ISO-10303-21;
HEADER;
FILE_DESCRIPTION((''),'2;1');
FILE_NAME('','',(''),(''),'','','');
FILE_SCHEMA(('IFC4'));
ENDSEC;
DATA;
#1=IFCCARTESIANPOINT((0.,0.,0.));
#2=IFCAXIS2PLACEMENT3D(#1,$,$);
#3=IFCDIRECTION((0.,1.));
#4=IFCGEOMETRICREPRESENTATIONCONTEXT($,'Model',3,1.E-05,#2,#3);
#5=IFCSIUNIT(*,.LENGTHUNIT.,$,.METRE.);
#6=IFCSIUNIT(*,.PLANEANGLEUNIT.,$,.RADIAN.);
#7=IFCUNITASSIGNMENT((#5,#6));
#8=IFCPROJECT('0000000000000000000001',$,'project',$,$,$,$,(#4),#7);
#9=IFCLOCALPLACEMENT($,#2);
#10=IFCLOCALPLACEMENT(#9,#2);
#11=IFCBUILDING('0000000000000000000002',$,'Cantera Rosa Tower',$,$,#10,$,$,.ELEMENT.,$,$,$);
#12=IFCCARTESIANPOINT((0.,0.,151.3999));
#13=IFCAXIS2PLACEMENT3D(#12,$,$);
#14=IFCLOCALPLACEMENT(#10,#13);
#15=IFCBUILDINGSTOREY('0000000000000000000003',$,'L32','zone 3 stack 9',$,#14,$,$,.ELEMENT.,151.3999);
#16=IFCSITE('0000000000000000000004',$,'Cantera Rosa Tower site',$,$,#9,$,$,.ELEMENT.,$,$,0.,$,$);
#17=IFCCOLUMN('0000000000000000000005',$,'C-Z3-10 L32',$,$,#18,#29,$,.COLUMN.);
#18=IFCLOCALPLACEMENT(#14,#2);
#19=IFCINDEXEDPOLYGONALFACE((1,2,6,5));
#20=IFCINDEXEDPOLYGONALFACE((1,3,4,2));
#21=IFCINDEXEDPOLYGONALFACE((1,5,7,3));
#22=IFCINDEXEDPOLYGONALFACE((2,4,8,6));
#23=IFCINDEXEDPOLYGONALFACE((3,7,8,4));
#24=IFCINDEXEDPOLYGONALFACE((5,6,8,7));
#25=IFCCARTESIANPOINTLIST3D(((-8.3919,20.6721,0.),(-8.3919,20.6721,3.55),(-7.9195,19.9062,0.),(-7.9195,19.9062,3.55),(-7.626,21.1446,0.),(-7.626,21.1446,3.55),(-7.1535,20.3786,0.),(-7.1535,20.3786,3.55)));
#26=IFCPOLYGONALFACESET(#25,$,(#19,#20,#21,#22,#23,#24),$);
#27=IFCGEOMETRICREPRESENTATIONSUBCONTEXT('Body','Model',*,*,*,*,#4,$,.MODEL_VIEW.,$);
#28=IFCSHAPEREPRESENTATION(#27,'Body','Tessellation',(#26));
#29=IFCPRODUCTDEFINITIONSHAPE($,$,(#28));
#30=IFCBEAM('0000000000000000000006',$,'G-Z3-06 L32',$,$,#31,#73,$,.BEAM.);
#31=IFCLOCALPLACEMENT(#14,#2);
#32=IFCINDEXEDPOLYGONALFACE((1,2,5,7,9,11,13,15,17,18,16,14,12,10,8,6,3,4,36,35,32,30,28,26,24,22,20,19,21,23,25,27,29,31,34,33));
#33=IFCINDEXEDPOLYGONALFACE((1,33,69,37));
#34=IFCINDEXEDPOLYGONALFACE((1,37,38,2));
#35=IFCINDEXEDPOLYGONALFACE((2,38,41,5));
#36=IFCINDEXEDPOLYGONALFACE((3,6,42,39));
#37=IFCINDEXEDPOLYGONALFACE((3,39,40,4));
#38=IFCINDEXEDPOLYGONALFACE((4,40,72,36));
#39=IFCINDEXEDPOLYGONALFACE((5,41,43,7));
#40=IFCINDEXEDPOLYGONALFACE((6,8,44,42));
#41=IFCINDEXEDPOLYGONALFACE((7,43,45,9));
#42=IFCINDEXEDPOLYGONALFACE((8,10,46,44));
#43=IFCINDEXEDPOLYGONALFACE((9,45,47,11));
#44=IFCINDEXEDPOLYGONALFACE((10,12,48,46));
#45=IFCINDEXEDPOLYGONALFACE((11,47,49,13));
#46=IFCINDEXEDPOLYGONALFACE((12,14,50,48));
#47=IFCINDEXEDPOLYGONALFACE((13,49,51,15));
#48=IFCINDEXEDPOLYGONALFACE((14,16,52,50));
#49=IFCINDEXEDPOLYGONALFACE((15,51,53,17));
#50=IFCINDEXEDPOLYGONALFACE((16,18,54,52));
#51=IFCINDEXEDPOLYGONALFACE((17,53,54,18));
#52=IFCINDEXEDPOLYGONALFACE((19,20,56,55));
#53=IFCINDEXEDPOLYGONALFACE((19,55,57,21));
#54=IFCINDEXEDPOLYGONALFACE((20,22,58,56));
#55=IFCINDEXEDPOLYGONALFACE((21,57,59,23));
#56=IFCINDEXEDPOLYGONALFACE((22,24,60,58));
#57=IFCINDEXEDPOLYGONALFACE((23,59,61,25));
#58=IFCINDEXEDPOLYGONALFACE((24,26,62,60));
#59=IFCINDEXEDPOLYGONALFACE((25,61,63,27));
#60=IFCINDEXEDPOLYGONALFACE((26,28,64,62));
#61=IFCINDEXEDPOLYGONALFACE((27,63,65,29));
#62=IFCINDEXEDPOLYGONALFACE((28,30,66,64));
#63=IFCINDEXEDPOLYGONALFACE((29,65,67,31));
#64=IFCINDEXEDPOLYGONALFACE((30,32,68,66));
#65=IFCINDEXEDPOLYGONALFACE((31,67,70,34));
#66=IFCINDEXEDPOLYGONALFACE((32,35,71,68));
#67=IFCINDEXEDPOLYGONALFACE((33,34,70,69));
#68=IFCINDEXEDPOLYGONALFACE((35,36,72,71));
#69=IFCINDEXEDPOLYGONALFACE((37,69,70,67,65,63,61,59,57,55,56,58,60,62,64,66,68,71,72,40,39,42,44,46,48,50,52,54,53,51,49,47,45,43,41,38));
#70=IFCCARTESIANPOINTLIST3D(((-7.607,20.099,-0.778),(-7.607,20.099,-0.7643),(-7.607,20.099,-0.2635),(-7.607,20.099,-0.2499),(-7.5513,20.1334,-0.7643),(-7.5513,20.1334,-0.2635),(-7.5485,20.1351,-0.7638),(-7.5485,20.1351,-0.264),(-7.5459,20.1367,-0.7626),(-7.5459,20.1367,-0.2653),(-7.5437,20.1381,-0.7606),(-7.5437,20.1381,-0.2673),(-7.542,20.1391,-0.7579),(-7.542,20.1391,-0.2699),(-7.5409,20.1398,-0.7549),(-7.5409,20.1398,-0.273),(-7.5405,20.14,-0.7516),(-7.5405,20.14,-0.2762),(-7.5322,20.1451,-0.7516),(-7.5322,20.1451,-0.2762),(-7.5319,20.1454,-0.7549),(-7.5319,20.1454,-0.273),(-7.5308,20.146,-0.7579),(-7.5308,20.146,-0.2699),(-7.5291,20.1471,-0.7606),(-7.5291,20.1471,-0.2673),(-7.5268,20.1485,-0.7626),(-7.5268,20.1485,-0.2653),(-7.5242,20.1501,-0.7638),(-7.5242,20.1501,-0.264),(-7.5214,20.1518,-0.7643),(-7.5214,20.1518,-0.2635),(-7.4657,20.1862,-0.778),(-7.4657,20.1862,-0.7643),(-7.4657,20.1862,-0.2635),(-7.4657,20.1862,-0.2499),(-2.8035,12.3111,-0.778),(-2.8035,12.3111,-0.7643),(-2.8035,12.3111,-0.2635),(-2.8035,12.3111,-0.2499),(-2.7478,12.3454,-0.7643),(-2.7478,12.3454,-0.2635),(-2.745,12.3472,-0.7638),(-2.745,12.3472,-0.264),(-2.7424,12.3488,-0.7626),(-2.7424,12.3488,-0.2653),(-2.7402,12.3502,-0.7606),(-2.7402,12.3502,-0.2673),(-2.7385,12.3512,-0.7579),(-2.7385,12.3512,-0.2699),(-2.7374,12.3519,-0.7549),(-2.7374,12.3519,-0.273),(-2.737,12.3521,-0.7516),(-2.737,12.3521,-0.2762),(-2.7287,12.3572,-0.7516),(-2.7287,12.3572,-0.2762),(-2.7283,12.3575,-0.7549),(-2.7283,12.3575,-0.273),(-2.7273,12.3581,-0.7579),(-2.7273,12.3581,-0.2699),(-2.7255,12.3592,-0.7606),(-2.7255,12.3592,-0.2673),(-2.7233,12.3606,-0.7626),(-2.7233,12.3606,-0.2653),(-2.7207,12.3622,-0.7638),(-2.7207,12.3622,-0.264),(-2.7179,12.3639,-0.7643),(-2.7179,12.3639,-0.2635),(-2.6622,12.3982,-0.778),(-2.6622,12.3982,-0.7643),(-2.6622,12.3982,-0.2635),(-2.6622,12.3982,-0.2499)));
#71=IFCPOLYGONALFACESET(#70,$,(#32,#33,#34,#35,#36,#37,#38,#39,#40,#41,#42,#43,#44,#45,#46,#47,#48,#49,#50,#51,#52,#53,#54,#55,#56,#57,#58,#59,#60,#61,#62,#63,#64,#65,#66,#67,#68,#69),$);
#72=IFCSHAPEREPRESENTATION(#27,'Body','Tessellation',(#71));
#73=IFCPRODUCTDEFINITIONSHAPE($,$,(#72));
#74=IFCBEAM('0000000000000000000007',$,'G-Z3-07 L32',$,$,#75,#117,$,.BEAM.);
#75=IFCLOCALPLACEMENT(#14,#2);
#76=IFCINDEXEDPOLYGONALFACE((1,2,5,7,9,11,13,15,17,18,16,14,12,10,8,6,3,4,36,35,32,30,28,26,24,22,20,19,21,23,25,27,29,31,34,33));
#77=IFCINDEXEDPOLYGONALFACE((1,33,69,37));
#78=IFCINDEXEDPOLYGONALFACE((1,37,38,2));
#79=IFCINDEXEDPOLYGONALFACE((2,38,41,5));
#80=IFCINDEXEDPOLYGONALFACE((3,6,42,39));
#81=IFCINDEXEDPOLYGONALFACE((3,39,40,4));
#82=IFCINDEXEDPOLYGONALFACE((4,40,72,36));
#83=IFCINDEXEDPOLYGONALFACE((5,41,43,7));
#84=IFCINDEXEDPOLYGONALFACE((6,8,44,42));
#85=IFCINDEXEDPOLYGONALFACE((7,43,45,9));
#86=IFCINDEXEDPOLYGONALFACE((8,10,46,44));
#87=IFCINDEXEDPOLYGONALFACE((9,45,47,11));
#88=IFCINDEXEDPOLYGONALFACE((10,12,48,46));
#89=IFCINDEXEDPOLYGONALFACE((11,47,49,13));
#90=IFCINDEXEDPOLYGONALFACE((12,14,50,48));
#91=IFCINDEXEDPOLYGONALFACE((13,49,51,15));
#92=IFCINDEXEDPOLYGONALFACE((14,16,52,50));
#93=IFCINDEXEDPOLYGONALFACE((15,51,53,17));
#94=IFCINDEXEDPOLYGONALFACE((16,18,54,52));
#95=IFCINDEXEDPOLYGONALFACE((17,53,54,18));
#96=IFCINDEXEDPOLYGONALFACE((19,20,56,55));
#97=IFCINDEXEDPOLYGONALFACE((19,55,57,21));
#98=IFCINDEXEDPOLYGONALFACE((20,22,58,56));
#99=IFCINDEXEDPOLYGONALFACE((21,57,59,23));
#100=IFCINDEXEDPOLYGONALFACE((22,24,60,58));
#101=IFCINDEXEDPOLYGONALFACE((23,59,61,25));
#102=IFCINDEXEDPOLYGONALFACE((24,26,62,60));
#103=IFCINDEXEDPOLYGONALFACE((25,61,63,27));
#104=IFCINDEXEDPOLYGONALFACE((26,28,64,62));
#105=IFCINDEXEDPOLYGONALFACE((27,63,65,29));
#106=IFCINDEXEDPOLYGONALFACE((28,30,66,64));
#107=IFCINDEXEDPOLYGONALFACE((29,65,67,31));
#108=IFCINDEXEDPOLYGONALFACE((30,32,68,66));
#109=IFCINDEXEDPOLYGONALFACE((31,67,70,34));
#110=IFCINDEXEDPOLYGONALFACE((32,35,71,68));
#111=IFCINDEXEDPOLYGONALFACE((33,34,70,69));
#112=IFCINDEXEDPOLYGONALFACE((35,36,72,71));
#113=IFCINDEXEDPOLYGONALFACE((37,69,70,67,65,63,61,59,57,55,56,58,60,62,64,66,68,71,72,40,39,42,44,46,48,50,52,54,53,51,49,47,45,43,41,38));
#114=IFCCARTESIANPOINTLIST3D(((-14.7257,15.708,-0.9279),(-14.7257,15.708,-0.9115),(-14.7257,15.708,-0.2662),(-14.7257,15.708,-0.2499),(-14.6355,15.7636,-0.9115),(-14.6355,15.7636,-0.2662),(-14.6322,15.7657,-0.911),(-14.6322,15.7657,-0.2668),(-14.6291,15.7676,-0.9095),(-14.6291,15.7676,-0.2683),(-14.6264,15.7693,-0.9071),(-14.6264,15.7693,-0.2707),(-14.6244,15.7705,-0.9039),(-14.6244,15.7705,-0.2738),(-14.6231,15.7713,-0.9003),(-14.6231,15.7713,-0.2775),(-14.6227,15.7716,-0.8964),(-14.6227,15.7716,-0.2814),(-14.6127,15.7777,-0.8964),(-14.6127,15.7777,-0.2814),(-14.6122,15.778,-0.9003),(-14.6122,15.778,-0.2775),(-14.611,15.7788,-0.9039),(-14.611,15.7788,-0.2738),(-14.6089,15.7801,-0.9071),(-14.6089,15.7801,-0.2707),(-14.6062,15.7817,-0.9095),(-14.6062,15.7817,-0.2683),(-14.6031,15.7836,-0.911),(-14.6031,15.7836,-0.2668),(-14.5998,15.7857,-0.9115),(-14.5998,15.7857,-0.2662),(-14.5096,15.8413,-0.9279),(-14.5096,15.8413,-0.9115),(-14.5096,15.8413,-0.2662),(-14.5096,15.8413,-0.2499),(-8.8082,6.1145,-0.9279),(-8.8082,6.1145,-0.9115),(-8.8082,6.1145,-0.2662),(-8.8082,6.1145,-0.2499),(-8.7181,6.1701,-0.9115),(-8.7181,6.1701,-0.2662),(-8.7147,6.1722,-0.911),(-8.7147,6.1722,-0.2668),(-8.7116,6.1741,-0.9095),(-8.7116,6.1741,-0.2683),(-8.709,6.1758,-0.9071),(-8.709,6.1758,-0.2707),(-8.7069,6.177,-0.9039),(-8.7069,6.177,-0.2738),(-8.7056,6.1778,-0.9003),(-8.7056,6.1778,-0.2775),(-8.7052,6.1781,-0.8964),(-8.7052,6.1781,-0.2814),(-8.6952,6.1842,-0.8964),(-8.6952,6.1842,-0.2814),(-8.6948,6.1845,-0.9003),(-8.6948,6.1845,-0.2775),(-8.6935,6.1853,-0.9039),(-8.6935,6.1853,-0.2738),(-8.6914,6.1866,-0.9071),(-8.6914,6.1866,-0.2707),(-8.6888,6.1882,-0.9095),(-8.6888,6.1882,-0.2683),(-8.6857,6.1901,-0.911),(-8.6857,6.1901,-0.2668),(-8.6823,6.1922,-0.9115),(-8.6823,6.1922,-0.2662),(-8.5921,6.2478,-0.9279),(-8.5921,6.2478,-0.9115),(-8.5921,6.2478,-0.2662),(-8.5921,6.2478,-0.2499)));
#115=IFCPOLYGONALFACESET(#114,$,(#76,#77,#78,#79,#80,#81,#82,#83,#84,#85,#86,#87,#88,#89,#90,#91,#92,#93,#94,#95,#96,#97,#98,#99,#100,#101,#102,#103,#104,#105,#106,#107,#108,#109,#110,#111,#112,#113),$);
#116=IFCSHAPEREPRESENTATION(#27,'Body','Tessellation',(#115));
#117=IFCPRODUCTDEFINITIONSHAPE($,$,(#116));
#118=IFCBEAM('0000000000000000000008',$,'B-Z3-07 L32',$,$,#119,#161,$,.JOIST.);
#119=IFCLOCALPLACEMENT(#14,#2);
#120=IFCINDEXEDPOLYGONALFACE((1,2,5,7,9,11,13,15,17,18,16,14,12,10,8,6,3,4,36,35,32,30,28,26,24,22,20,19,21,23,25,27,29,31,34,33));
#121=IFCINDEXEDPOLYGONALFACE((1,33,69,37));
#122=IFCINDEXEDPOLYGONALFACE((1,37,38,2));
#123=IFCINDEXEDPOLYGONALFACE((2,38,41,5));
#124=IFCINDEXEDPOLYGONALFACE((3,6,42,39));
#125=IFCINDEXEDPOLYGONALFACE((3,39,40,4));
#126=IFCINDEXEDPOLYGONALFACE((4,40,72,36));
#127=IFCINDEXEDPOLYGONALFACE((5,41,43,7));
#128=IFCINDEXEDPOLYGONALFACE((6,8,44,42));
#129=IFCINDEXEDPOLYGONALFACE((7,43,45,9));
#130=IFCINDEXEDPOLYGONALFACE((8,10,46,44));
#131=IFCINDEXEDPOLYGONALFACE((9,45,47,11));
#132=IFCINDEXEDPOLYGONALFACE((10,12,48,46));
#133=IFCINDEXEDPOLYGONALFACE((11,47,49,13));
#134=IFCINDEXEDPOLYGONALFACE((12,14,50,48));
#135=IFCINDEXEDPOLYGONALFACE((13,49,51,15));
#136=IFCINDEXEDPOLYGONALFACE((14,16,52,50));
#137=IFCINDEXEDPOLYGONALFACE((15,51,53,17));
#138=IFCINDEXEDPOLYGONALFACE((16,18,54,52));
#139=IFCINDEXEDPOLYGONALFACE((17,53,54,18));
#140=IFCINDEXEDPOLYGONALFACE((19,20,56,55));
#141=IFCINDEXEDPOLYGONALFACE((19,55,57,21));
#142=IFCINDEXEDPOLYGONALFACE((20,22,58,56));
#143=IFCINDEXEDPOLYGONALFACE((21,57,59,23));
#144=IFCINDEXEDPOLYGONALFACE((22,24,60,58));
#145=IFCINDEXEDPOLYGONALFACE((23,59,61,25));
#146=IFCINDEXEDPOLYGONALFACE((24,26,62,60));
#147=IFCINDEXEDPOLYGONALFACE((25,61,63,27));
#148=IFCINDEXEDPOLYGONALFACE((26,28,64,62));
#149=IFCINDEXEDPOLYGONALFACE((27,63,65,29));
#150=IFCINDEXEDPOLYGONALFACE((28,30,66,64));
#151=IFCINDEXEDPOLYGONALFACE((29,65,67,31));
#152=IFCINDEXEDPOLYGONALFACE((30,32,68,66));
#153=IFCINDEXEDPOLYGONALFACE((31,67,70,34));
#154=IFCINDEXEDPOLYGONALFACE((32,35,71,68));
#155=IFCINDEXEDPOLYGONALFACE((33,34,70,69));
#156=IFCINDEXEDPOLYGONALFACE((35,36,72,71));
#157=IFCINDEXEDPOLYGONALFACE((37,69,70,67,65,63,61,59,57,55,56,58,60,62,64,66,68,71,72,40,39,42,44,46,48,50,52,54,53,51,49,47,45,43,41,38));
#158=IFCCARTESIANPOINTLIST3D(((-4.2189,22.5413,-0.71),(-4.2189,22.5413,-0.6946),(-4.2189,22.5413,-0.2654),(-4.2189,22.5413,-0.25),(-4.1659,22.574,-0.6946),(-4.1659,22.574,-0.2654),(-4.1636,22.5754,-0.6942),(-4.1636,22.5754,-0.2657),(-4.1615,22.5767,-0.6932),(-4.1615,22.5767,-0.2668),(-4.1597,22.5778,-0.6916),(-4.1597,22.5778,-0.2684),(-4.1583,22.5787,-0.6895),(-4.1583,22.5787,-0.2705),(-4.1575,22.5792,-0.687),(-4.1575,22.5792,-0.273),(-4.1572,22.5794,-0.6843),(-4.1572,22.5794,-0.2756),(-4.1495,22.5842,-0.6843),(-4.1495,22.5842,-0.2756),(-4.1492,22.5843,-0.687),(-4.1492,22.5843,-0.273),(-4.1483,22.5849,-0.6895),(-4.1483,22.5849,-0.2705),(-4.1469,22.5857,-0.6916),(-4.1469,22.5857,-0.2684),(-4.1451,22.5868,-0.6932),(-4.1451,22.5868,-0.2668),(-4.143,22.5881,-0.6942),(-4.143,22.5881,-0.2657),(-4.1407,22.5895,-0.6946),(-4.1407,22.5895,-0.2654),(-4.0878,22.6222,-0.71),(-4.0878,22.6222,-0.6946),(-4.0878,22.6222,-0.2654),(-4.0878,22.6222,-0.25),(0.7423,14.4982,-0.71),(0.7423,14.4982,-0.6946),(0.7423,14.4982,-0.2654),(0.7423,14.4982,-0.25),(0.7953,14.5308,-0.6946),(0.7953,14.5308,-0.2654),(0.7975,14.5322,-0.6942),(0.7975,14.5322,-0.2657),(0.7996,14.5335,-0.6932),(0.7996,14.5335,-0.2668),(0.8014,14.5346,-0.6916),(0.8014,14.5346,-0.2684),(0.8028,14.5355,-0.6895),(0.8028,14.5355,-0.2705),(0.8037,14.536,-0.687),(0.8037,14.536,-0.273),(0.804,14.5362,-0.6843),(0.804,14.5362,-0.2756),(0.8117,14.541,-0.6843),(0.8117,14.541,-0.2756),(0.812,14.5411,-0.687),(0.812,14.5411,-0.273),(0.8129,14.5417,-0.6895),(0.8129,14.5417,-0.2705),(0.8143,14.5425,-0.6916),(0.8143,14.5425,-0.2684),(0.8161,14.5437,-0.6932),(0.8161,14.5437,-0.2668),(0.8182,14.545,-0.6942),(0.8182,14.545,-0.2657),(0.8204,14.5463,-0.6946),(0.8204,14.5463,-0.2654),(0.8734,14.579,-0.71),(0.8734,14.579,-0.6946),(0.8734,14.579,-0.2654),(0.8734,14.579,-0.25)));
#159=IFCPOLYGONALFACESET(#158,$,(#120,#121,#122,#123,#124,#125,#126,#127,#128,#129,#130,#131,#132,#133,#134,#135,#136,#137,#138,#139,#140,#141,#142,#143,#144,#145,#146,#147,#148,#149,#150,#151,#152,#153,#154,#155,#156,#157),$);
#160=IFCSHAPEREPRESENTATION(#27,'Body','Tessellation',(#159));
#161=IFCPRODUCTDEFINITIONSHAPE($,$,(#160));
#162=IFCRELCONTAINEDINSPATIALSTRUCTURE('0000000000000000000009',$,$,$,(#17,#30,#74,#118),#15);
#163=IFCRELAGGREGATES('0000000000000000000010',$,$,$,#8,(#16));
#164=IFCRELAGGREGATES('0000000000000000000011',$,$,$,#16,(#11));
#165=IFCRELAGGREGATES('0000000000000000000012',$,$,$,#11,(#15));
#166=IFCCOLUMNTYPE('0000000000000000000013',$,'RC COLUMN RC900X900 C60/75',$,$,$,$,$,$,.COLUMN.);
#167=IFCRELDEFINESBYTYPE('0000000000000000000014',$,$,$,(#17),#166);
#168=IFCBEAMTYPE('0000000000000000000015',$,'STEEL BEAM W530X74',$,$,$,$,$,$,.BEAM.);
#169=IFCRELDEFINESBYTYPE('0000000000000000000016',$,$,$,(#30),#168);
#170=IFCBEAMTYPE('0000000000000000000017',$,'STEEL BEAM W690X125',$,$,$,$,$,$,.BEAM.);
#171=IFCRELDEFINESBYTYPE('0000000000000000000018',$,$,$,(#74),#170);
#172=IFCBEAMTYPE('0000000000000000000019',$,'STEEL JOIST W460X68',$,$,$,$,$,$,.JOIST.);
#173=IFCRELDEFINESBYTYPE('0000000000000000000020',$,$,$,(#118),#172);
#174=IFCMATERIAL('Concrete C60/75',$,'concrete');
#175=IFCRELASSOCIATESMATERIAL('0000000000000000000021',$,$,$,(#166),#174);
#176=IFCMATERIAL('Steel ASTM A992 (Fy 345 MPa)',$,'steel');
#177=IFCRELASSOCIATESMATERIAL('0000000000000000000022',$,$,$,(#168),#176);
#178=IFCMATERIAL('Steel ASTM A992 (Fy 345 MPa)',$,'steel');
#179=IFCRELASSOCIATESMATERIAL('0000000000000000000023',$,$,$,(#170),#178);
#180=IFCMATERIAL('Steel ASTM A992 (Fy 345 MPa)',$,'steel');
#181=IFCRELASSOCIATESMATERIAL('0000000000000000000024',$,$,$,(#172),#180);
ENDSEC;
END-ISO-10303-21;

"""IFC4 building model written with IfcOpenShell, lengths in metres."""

from ifc_helpers import new_model, si_unit, direction, frame, origin, origin_2d, place, context, subcontext, project, spatial, rectangle, i_section, extrude, material, material_profile, profile_set, type_object, element, save


model = new_model("IFC4")

# Units and contexts
model_context = context("Model", 3, precision=1e-05, world=origin(), true_north=direction((0.0, 1.0)))
body_context = subcontext(model_context, "Body", "Model", "MODEL_VIEW")
ifc_project = project(units=[si_unit("LENGTHUNIT", "METRE"), si_unit("PLANEANGLEUNIT", "RADIAN")], contexts=[model_context])

# Site, building, storey
site_placement = place(None, origin())
site = spatial("IfcSite", under=ifc_project, at=site_placement, Name="Cantera Rosa Tower site", CompositionType="ELEMENT", RefElevation=0.0)
building_placement = place(site_placement, origin())
building = spatial("IfcBuilding", under=site, at=building_placement, Name="Cantera Rosa Tower", CompositionType="ELEMENT")
storey_placement = place(building_placement, frame((0.0, 0.0, 151.3999)))
storey = spatial("IfcBuildingStorey", under=building, at=storey_placement, Name="L32", Description="zone 3 stack 9", CompositionType="ELEMENT", Elevation=151.3999)

# Column
ifc_material_1 = material(Name="Concrete C60/75", Category="concrete")
ifc_material_profile_1 = material_profile(ifc_material_1, rectangle(XDim=0.8999, YDim=0.8999, at=origin_2d()), Name="RC COLUMN RC900X900 C60/75")
ifc_profile_set_1 = profile_set([ifc_material_profile_1], Name="Concrete C60/75")
column_type = type_object("IfcColumnType", Name="RC COLUMN RC900X900 C60/75", PredefinedType="COLUMN", material=ifc_profile_set_1)
column_placement = place(storey_placement, frame((-7.7727, 20.5254, 0.0), z_axis=(0.0, 0.0, 1.0), x_axis=(0.851117, 0.524977, 0.0)))
element("IfcColumn", 1, at=column_placement, inside=storey, type_object=column_type, Name="C-Z3-10 L32", PredefinedType="COLUMN", context=body_context, shape_type="SweptSolid", body=[
    extrude(rectangle(XDim=0.8999, YDim=0.8999, at=origin_2d()), origin(), (0.0, 0.0, 1.0), 3.55),
])

# Beams
ifc_material_2 = material(Name="Steel ASTM A992 (Fy 345 MPa)", Category="steel")
ifc_material_profile_2 = material_profile(ifc_material_2, i_section(OverallWidth=0.166, OverallDepth=0.5281, WebThickness=0.0098, FlangeThickness=0.0137, FilletRadius=0.0127, at=origin_2d()), Name="W530X74")
ifc_profile_set_2 = profile_set([ifc_material_profile_2], Name="Steel ASTM A992 (Fy 345 MPa)")
beam_type_1 = type_object("IfcBeamType", Name="STEEL BEAM W530X74", PredefinedType="BEAM", material=ifc_profile_set_2)
beam_1_placement = place(storey_placement, frame((-7.5364, 20.1426, -0.5139), z_axis=(0.524965, -0.851124, 0.0), x_axis=(0.851124, 0.524965, 0.0)))
element("IfcBeam", 2, at=beam_1_placement, inside=storey, type_object=beam_type_1, Name="G-Z3-06 L32", PredefinedType="BEAM", context=body_context, shape_type="SweptSolid", body=[
    extrude(i_section(OverallWidth=0.166, OverallDepth=0.5281, WebThickness=0.0098, FlangeThickness=0.0137, FilletRadius=0.0127, at=origin_2d()), origin(), (0.0, 0.0, 1.0), 9.1501),
])
ifc_material_3 = material(Name="Steel ASTM A992 (Fy 345 MPa)", Category="steel")
ifc_material_profile_3 = material_profile(ifc_material_3, i_section(OverallWidth=0.2539, OverallDepth=0.678, WebThickness=0.0117, FlangeThickness=0.0164, FilletRadius=0.0151, at=origin_2d()), Name="W690X125")
ifc_profile_set_3 = profile_set([ifc_material_profile_3], Name="Steel ASTM A992 (Fy 345 MPa)")
beam_type_2 = type_object("IfcBeamType", Name="STEEL BEAM W690X125", PredefinedType="BEAM", material=ifc_profile_set_3)
beam_2_placement = place(storey_placement, frame((-14.6177, 15.7747, -0.5889), z_axis=(0.524984, -0.851112, 0.0), x_axis=(0.851112, 0.524984, 0.0)))
element("IfcBeam", 3, at=beam_2_placement, inside=storey, type_object=beam_type_2, Name="G-Z3-07 L32", PredefinedType="BEAM", context=body_context, shape_type="SweptSolid", body=[
    extrude(i_section(OverallWidth=0.2539, OverallDepth=0.678, WebThickness=0.0117, FlangeThickness=0.0164, FilletRadius=0.0151, at=origin_2d()), origin(), (0.0, 0.0, 1.0), 11.2717),
])
ifc_material_4 = material(Name="Steel ASTM A992 (Fy 345 MPa)", Category="steel")
ifc_material_profile_4 = material_profile(ifc_material_4, i_section(OverallWidth=0.1541, OverallDepth=0.46, WebThickness=0.009, FlangeThickness=0.0154, FilletRadius=0.0103, at=origin_2d()), Name="W460X68")
ifc_profile_set_4 = profile_set([ifc_material_profile_4], Name="Steel ASTM A992 (Fy 345 MPa)")
beam_type_3 = type_object("IfcBeamType", Name="STEEL JOIST W460X68", PredefinedType="JOIST", material=ifc_profile_set_4)
beam_3_placement = place(storey_placement, frame((-4.1533, 22.5818, -0.48), z_axis=(0.524981, -0.851114, 0.0), x_axis=(0.851114, 0.524981, 0.0)))
element("IfcBeam", 4, at=beam_3_placement, inside=storey, type_object=beam_type_3, Name="B-Z3-07 L32", PredefinedType="JOIST", context=body_context, shape_type="SweptSolid", body=[
    extrude(i_section(OverallWidth=0.1541, OverallDepth=0.46, WebThickness=0.009, FlangeThickness=0.0154, FilletRadius=0.0103, at=origin_2d()), origin(), (0.0, 0.0, 1.0), 9.4502),
])

save(model, "model.ifc")
